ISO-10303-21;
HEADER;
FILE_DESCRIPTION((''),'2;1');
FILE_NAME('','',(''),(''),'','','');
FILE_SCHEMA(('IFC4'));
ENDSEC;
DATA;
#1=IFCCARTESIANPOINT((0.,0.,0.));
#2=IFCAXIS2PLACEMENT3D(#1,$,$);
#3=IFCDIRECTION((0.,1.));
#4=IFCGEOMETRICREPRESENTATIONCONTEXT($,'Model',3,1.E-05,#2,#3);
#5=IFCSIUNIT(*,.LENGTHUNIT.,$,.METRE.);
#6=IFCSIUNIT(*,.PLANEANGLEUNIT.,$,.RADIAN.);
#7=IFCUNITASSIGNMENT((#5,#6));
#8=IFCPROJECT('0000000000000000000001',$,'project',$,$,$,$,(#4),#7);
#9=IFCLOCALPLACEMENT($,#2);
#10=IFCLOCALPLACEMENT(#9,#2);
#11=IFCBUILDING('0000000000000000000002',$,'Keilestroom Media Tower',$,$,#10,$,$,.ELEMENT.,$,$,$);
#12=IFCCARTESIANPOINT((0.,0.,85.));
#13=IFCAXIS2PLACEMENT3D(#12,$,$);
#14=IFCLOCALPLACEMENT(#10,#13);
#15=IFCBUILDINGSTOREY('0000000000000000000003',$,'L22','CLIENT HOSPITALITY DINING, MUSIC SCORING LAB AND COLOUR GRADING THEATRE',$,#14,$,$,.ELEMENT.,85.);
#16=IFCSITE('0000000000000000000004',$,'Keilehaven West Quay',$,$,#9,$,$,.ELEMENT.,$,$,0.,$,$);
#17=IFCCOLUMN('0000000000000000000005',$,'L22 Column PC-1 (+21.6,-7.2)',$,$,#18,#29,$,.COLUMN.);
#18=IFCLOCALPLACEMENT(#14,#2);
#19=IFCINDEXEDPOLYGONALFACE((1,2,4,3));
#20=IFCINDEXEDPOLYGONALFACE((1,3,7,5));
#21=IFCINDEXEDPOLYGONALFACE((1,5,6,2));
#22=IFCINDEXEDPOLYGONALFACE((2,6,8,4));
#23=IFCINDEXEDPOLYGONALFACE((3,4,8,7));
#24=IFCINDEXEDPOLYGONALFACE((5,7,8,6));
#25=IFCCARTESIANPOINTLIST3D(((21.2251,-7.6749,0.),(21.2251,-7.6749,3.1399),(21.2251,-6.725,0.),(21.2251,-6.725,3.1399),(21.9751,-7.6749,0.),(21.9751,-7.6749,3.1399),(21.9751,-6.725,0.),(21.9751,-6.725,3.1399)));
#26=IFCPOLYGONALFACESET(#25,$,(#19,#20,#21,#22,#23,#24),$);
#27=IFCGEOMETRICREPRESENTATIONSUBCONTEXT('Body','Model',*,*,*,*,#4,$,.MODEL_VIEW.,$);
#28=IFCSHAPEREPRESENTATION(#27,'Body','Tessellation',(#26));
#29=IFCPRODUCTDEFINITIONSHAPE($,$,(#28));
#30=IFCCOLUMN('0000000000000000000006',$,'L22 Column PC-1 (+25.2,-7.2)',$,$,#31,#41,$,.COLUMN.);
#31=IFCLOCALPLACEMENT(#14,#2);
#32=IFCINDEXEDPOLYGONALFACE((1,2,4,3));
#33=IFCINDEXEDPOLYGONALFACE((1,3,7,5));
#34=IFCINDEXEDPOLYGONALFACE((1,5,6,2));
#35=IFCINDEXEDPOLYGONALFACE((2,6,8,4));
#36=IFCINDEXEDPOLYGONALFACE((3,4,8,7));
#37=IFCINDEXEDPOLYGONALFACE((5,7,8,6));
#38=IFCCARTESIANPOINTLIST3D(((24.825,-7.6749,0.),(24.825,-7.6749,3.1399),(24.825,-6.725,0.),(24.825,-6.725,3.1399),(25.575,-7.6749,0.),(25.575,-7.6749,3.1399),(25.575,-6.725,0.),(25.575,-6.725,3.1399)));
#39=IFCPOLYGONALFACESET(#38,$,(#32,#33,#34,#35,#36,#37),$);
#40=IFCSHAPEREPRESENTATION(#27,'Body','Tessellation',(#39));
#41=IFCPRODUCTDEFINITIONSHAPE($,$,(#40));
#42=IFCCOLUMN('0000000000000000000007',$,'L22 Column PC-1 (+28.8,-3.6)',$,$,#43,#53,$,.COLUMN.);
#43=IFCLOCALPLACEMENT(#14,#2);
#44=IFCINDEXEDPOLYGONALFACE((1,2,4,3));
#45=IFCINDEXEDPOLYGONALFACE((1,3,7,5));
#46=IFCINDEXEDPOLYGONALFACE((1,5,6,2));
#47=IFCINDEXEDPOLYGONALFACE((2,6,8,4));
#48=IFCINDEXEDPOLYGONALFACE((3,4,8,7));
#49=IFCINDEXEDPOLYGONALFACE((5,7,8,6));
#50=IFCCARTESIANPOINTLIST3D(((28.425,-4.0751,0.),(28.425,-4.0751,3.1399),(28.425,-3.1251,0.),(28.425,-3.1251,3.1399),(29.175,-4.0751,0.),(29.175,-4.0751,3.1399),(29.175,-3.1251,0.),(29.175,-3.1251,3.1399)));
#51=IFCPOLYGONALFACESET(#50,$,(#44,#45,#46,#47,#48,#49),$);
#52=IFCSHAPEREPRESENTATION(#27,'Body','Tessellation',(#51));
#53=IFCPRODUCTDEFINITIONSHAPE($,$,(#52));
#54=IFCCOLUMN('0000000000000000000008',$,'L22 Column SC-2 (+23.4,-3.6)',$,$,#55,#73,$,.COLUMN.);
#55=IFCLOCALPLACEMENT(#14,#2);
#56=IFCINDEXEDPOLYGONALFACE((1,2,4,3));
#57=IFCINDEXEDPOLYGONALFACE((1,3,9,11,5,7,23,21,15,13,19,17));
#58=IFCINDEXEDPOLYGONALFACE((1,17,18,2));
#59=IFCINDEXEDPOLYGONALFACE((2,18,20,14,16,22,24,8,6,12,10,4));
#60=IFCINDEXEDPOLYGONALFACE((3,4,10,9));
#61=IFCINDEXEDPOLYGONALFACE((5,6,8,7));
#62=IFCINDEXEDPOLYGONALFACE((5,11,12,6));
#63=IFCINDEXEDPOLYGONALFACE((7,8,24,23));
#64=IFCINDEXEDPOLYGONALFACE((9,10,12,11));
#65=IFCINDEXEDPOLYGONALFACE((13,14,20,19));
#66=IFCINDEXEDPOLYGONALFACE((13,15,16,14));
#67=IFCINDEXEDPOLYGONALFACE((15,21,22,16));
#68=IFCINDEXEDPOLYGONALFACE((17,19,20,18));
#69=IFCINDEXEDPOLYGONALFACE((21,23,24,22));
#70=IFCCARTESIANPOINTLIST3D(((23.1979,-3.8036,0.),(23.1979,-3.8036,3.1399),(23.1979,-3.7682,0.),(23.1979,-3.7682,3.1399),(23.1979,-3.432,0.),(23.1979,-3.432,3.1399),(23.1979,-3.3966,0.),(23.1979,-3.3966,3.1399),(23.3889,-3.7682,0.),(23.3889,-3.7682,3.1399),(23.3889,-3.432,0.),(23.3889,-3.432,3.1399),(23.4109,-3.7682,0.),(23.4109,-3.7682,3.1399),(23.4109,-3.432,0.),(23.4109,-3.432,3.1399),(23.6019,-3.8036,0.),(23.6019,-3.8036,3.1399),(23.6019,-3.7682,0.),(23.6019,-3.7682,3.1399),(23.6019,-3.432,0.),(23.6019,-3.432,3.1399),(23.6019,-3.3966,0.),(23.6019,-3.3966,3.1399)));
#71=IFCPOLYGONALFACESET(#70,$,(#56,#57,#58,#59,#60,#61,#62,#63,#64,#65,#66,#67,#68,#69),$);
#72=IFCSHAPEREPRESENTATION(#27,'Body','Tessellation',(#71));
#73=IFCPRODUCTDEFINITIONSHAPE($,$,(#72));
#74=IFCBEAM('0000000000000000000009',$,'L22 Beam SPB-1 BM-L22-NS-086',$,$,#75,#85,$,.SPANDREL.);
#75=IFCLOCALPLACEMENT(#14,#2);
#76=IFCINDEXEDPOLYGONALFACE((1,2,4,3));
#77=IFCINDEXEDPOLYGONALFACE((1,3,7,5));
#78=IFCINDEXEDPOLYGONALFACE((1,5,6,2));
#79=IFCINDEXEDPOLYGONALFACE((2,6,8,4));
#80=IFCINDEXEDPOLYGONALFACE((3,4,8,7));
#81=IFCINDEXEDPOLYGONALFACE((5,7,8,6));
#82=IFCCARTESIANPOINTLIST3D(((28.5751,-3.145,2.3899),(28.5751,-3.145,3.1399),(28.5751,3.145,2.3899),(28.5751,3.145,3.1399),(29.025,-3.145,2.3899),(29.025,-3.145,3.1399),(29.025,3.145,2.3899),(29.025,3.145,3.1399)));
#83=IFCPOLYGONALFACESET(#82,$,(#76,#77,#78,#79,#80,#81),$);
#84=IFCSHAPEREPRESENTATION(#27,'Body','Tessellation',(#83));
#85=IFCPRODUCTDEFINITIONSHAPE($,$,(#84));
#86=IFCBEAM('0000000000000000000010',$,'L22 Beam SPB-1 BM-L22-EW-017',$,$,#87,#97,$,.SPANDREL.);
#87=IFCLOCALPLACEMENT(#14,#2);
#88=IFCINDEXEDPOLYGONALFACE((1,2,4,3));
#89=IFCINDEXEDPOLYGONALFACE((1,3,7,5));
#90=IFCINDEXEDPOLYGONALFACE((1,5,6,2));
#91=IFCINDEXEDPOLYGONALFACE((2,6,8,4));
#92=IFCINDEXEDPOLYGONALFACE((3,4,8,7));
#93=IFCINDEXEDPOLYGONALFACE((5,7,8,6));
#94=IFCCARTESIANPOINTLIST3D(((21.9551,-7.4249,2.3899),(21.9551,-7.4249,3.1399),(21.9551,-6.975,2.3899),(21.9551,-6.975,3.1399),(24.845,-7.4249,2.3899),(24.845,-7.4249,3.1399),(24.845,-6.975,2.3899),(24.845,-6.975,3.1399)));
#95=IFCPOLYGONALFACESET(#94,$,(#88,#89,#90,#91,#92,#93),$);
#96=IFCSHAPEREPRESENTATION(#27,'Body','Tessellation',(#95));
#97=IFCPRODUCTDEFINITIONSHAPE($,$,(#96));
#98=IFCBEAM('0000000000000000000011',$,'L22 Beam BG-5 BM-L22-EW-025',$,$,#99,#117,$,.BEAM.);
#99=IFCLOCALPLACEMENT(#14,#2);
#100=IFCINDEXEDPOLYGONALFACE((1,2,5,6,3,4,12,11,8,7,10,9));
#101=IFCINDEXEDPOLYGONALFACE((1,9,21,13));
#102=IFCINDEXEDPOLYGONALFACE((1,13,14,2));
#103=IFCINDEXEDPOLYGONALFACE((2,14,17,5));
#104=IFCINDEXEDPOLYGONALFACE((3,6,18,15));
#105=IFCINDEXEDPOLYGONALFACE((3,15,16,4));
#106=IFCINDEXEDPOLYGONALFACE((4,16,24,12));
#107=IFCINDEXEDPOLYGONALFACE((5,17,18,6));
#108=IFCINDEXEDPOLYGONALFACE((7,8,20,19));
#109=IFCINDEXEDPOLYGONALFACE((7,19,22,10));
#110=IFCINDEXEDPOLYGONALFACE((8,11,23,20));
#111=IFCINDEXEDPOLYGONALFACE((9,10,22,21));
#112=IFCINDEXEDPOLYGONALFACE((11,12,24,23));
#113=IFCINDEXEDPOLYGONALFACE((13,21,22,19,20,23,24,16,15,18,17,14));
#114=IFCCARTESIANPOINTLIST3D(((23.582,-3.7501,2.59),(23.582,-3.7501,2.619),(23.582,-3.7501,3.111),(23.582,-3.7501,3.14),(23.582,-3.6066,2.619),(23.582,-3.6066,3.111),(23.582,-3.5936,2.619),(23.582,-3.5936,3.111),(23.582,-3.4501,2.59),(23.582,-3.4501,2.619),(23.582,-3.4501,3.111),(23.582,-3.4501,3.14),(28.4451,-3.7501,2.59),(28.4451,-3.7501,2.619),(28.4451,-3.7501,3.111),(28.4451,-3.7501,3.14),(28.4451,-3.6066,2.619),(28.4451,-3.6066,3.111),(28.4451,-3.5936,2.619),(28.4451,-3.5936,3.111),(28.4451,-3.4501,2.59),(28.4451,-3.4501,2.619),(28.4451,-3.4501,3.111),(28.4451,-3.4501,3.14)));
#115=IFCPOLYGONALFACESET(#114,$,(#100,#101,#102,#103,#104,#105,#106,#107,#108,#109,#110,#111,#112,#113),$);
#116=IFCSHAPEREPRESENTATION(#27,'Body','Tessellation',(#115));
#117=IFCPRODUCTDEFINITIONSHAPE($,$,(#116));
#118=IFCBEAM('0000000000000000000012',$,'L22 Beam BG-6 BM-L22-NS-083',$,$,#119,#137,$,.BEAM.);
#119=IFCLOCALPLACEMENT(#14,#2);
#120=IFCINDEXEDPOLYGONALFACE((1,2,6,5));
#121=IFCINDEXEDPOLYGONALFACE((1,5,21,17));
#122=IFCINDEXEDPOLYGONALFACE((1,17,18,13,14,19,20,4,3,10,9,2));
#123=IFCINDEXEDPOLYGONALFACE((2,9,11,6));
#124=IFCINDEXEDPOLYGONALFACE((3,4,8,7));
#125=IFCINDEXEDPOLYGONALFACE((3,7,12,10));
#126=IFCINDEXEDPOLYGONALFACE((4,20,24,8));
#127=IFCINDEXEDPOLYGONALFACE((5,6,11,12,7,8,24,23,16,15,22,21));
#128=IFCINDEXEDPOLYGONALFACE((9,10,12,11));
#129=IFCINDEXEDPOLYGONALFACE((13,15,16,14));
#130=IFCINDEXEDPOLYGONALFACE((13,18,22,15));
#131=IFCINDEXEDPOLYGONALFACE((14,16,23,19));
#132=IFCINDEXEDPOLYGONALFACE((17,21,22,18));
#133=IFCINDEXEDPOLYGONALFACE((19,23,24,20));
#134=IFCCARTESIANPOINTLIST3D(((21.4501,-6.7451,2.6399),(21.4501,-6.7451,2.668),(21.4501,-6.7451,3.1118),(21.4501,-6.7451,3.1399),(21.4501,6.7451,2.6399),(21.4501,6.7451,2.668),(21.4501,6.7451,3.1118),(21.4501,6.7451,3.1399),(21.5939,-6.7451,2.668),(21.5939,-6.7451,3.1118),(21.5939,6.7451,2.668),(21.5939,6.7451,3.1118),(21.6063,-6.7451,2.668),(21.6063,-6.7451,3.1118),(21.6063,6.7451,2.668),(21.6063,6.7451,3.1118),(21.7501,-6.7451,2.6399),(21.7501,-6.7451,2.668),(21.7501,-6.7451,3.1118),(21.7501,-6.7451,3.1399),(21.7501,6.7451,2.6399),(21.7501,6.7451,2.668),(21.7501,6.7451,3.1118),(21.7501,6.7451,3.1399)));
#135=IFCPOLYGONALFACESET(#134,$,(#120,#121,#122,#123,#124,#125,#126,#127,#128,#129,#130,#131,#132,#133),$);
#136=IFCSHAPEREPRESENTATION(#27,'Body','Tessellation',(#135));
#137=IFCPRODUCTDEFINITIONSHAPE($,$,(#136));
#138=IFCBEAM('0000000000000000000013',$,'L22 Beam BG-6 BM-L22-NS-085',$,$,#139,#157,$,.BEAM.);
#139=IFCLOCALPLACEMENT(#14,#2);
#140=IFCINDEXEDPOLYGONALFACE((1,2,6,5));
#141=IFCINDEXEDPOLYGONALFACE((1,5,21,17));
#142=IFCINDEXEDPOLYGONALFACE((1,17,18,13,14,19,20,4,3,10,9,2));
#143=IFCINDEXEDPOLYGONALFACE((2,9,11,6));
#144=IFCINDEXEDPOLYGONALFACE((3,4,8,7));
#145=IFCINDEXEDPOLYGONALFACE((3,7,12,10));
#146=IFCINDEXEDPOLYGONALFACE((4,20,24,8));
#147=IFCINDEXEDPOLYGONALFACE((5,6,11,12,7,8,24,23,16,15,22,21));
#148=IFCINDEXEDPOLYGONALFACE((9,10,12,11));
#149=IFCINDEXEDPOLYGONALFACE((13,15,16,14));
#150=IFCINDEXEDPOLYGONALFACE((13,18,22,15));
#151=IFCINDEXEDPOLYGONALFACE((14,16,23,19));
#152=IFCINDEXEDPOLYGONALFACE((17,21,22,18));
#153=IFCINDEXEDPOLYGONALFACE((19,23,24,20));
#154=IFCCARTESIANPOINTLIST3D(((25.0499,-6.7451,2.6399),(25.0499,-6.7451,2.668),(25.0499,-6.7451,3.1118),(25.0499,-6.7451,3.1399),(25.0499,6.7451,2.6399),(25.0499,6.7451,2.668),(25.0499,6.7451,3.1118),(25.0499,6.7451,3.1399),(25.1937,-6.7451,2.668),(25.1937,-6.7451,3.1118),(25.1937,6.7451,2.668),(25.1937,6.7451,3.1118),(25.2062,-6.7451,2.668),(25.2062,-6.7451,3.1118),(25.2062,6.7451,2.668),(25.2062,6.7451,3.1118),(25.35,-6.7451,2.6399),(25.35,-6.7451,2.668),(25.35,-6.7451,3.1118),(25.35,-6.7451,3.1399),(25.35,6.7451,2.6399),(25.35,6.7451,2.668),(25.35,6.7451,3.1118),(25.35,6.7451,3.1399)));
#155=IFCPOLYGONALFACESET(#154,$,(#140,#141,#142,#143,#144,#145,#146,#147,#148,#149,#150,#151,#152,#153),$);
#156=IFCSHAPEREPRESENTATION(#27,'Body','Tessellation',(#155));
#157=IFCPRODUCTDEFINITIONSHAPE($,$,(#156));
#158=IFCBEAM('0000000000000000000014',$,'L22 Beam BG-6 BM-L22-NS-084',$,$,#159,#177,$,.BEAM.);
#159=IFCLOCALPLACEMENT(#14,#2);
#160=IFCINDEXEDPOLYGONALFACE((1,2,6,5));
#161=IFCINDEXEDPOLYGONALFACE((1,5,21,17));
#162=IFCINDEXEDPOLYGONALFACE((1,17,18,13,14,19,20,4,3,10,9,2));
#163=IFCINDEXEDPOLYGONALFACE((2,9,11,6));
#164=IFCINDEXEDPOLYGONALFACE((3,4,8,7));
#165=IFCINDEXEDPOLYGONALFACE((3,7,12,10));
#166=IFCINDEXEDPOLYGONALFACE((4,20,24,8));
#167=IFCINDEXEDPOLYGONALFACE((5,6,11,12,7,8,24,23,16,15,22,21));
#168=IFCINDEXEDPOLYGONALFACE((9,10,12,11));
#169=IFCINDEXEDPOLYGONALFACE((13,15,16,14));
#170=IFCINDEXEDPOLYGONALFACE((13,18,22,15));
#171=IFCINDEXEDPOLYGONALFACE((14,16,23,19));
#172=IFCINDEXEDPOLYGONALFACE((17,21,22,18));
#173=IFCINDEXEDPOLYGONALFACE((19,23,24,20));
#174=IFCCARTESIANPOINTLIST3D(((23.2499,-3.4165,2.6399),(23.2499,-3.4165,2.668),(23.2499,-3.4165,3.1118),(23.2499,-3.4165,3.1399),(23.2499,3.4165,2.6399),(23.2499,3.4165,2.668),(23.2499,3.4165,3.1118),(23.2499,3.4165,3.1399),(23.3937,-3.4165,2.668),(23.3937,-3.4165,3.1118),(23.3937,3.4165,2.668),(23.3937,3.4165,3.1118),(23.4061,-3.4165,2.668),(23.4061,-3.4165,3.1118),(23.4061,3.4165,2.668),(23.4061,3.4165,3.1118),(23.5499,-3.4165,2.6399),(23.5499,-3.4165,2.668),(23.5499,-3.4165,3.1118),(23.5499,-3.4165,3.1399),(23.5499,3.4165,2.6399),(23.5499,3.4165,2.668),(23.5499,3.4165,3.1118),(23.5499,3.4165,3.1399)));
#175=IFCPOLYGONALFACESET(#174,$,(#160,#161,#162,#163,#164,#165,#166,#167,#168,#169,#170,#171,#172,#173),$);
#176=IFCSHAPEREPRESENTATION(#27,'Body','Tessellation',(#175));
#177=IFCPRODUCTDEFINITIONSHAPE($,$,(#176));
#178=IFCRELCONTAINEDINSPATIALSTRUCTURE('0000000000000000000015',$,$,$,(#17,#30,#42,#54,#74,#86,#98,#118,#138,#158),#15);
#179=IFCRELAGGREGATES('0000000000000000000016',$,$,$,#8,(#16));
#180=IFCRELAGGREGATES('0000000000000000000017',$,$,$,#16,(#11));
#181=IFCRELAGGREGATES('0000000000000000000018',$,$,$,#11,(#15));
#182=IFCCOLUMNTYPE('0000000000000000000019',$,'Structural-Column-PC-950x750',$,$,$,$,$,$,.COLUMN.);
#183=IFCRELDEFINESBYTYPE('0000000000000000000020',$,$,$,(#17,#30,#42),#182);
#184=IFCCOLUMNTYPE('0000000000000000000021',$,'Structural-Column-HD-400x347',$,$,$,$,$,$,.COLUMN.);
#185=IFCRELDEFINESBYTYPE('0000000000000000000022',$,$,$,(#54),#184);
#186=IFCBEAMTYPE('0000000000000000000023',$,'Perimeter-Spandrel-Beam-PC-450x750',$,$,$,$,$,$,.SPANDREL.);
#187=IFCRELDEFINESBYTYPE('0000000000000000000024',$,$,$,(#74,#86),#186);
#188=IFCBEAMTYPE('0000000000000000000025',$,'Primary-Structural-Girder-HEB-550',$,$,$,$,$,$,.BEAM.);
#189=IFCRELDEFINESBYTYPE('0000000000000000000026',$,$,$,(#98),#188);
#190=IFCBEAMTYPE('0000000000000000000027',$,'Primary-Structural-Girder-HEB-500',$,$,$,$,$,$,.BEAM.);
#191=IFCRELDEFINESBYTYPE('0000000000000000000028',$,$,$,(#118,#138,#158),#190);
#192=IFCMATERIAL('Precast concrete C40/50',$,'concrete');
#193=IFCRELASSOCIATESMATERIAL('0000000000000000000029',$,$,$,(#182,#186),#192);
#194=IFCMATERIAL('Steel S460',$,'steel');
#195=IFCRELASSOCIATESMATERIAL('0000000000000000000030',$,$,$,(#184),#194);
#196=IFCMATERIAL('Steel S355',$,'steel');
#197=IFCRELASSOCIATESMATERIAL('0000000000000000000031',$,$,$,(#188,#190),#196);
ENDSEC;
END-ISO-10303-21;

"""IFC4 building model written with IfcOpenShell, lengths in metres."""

from ifc_helpers import new_model, si_unit, direction, frame, origin, origin_2d, place, context, subcontext, project, spatial, rectangle, i_section, extrude, source, transform, mapped, material, material_profile, profile_set, type_object, element, save


model = new_model("IFC4")

# Units and contexts
model_context = context("Model", 3, precision=1e-05, world=origin(), true_north=direction((0.0, 1.0)))
body_context = subcontext(model_context, "Body", "Model", "MODEL_VIEW")
ifc_project = project(units=[si_unit("LENGTHUNIT", "METRE"), si_unit("PLANEANGLEUNIT", "RADIAN")], contexts=[model_context])

# Site, building, storey
site_placement = place(None, origin())
site = spatial("IfcSite", under=ifc_project, at=site_placement, Name="Keilehaven West Quay", CompositionType="ELEMENT", RefElevation=0.0)
building_placement = place(site_placement, origin())
building = spatial("IfcBuilding", under=site, at=building_placement, Name="Keilestroom Media Tower", CompositionType="ELEMENT")
storey_placement = place(building_placement, frame((0.0, 0.0, 85.0)))
storey = spatial("IfcBuildingStorey", under=building, at=storey_placement, Name="L22", Description="CLIENT HOSPITALITY DINING, MUSIC SCORING LAB AND COLOUR GRADING THEATRE", CompositionType="ELEMENT", Elevation=85.0)

# Columns
ifc_material_1 = material(Name="Precast concrete C40/50", Category="concrete")
ifc_material_profile_1 = material_profile(ifc_material_1, rectangle(XDim=0.75, YDim=0.95, at=origin_2d()), Name="PC 950x750")
ifc_profile_set_1 = profile_set([ifc_material_profile_1], Name="Precast concrete C40/50")
column_type_1 = type_object("IfcColumnType", Name="Structural-Column-PC-950x750", PredefinedType="COLUMN", material=ifc_profile_set_1)
shared_shape_1 = source(origin(), body_context, "Body", "SweptSolid", [
    extrude(rectangle(XDim=0.75, YDim=0.95, at=origin_2d()), origin(), (0.0, 0.0, 1.0), 3.1399),
])
for number, where, z_axis, x_axis, name in (
    (1, (21.6001, -7.2, 0.0), (0.0, 0.0, 1.0), (1.0, 0.0, 0.0), "L22 Column PC-1 (+21.6,-7.2)"),
    (2, (25.2, -7.2, 0.0), (0.0, 0.0, 1.0), (1.0, 0.0, 0.0), "L22 Column PC-1 (+25.2,-7.2)"),
    (3, (28.8, -3.6001, 0.0), (0.0, 0.0, 1.0), (1.0, 0.0, 0.0), "L22 Column PC-1 (+28.8,-3.6)"),
):
    element("IfcColumn", number, at=place(storey_placement, frame(where, z_axis=z_axis, x_axis=x_axis)), inside=storey, type_object=column_type_1, Name=name, PredefinedType="COLUMN", context=body_context, shape_type="MappedRepresentation", body=[
        mapped(shared_shape_1, transform((0.0, 0.0, 0.0), x_axis=(1.0, 0.0, 0.0), y_axis=(0.0, 1.0, 0.0), z_axis=(0.0, 0.0, 1.0), scale=1.0)),
    ])
ifc_material_2 = material(Name="Steel S460", Category="steel")
ifc_material_profile_2 = material_profile(ifc_material_2, i_section(OverallWidth=0.4041, OverallDepth=0.407, WebThickness=0.022, FlangeThickness=0.0354, at=origin_2d()), Name="HD 400x347")
ifc_profile_set_2 = profile_set([ifc_material_profile_2], Name="Steel S460")
column_type_2 = type_object("IfcColumnType", Name="Structural-Column-HD-400x347", PredefinedType="COLUMN", material=ifc_profile_set_2)
shared_shape_2 = source(origin(), body_context, "Body", "SweptSolid", [
    extrude(i_section(OverallWidth=0.4041, OverallDepth=0.407, WebThickness=0.022, FlangeThickness=0.0354, at=origin_2d()), origin(), (0.0, 0.0, 1.0), 3.1399),
])
column_placement = place(storey_placement, frame((23.3999, -3.6001, 0.0), z_axis=(0.0, 0.0, 1.0), x_axis=(1.0, 0.0, 0.0)))
element("IfcColumn", 4, at=column_placement, inside=storey, type_object=column_type_2, Name="L22 Column SC-2 (+23.4,-3.6)", PredefinedType="COLUMN", context=body_context, shape_type="MappedRepresentation", body=[
    mapped(shared_shape_2, transform((0.0, 0.0, 0.0), x_axis=(1.0, 0.0, 0.0), y_axis=(0.0, 1.0, 0.0), z_axis=(0.0, 0.0, 1.0), scale=1.0)),
])

# Beams
ifc_material_profile_3 = material_profile(ifc_material_1, rectangle(XDim=0.45, YDim=0.75, at=origin_2d()), Name="PC 450x750")
ifc_profile_set_3 = profile_set([ifc_material_profile_3], Name="Precast concrete C40/50")
beam_type_1 = type_object("IfcBeamType", Name="Perimeter-Spandrel-Beam-PC-450x750", PredefinedType="SPANDREL", material=ifc_profile_set_3)
shared_shape_3 = source(origin(), body_context, "Body", "SweptSolid", [
    extrude(rectangle(XDim=0.45, YDim=0.75, at=origin_2d()), origin(), (0.0, 0.0, 1.0), 6.29),
])
beam_1_placement = place(storey_placement, frame((28.8, -3.145, 2.7649), z_axis=(0.0, 1.0, 0.0), x_axis=(-1.0, 0.0, 0.0)))
element("IfcBeam", 5, at=beam_1_placement, inside=storey, type_object=beam_type_1, Name="L22 Beam SPB-1 BM-L22-NS-086", PredefinedType="SPANDREL", context=body_context, shape_type="MappedRepresentation", body=[
    mapped(shared_shape_3, transform((0.0, 0.0, 0.0), x_axis=(1.0, 0.0, 0.0), y_axis=(0.0, 1.0, 0.0), z_axis=(0.0, 0.0, 1.0), scale=1.0)),
])
shared_shape_4 = source(origin(), body_context, "Body", "SweptSolid", [
    extrude(rectangle(XDim=0.45, YDim=0.75, at=origin_2d()), origin(), (0.0, 0.0, 1.0), 2.8899),
])
beam_2_placement = place(storey_placement, frame((21.9551, -7.2, 2.7649), z_axis=(1.0, 0.0, 0.0), x_axis=(0.0, 1.0, 0.0)))
element("IfcBeam", 6, at=beam_2_placement, inside=storey, type_object=beam_type_1, Name="L22 Beam SPB-1 BM-L22-EW-017", PredefinedType="SPANDREL", context=body_context, shape_type="MappedRepresentation", body=[
    mapped(shared_shape_4, transform((0.0, 0.0, 0.0), x_axis=(1.0, 0.0, 0.0), y_axis=(0.0, 1.0, 0.0), z_axis=(0.0, 0.0, 1.0), scale=1.0)),
])
ifc_material_3 = material(Name="Steel S355", Category="steel")
ifc_material_profile_4 = material_profile(ifc_material_3, i_section(OverallWidth=0.3, OverallDepth=0.55, WebThickness=0.0129, FlangeThickness=0.0291, at=origin_2d()), Name="HEB 550")
ifc_profile_set_4 = profile_set([ifc_material_profile_4], Name="Steel S355")
beam_type_2 = type_object("IfcBeamType", Name="Primary-Structural-Girder-HEB-550", PredefinedType="BEAM", material=ifc_profile_set_4)
shared_shape_5 = source(origin(), body_context, "Body", "SweptSolid", [
    extrude(i_section(OverallWidth=0.3, OverallDepth=0.55, WebThickness=0.0129, FlangeThickness=0.0291, at=origin_2d()), origin(), (0.0, 0.0, 1.0), 4.863),
])
beam_3_placement = place(storey_placement, frame((23.582, -3.6001, 2.865), z_axis=(1.0, 0.0, 0.0), x_axis=(0.0, 1.0, 0.0)))
element("IfcBeam", 7, at=beam_3_placement, inside=storey, type_object=beam_type_2, Name="L22 Beam BG-5 BM-L22-EW-025", PredefinedType="BEAM", context=body_context, shape_type="MappedRepresentation", body=[
    mapped(shared_shape_5, transform((0.0, 0.0, 0.0), x_axis=(1.0, 0.0, 0.0), y_axis=(0.0, 1.0, 0.0), z_axis=(0.0, 0.0, 1.0), scale=1.0)),
])
ifc_material_profile_5 = material_profile(ifc_material_3, i_section(OverallWidth=0.3, OverallDepth=0.5, WebThickness=0.0125, FlangeThickness=0.0281, at=origin_2d()), Name="HEB 500")
ifc_profile_set_5 = profile_set([ifc_material_profile_5], Name="Steel S355")
beam_type_3 = type_object("IfcBeamType", Name="Primary-Structural-Girder-HEB-500", PredefinedType="BEAM", material=ifc_profile_set_5)
shared_shape_6 = source(origin(), body_context, "Body", "SweptSolid", [
    extrude(i_section(OverallWidth=0.3, OverallDepth=0.5, WebThickness=0.0125, FlangeThickness=0.0281, at=origin_2d()), origin(), (0.0, 0.0, 1.0), 13.4902),
])
for number, where, z_axis, x_axis, name in (
    (8, (21.6001, -6.7451, 2.8899), (0.0, 1.0, 0.0), (-1.0, 0.0, 0.0), "L22 Beam BG-6 BM-L22-NS-083"),
    (9, (25.2, -6.7451, 2.8899), (0.0, 1.0, 0.0), (-1.0, 0.0, 0.0), "L22 Beam BG-6 BM-L22-NS-085"),
):
    element("IfcBeam", number, at=place(storey_placement, frame(where, z_axis=z_axis, x_axis=x_axis)), inside=storey, type_object=beam_type_3, Name=name, PredefinedType="BEAM", context=body_context, shape_type="MappedRepresentation", body=[
        mapped(shared_shape_6, transform((0.0, 0.0, 0.0), x_axis=(1.0, 0.0, 0.0), y_axis=(0.0, 1.0, 0.0), z_axis=(0.0, 0.0, 1.0), scale=1.0)),
    ])
shared_shape_7 = source(origin(), body_context, "Body", "SweptSolid", [
    extrude(i_section(OverallWidth=0.3, OverallDepth=0.5, WebThickness=0.0125, FlangeThickness=0.0281, at=origin_2d()), origin(), (0.0, 0.0, 1.0), 6.833),
])
beam_4_placement = place(storey_placement, frame((23.3999, -3.4165, 2.8899), z_axis=(0.0, 1.0, 0.0), x_axis=(-1.0, 0.0, 0.0)))
element("IfcBeam", 10, at=beam_4_placement, inside=storey, type_object=beam_type_3, Name="L22 Beam BG-6 BM-L22-NS-084", PredefinedType="BEAM", context=body_context, shape_type="MappedRepresentation", body=[
    mapped(shared_shape_7, transform((0.0, 0.0, 0.0), x_axis=(1.0, 0.0, 0.0), y_axis=(0.0, 1.0, 0.0), z_axis=(0.0, 0.0, 1.0), scale=1.0)),
])

save(model, "model.ifc")
